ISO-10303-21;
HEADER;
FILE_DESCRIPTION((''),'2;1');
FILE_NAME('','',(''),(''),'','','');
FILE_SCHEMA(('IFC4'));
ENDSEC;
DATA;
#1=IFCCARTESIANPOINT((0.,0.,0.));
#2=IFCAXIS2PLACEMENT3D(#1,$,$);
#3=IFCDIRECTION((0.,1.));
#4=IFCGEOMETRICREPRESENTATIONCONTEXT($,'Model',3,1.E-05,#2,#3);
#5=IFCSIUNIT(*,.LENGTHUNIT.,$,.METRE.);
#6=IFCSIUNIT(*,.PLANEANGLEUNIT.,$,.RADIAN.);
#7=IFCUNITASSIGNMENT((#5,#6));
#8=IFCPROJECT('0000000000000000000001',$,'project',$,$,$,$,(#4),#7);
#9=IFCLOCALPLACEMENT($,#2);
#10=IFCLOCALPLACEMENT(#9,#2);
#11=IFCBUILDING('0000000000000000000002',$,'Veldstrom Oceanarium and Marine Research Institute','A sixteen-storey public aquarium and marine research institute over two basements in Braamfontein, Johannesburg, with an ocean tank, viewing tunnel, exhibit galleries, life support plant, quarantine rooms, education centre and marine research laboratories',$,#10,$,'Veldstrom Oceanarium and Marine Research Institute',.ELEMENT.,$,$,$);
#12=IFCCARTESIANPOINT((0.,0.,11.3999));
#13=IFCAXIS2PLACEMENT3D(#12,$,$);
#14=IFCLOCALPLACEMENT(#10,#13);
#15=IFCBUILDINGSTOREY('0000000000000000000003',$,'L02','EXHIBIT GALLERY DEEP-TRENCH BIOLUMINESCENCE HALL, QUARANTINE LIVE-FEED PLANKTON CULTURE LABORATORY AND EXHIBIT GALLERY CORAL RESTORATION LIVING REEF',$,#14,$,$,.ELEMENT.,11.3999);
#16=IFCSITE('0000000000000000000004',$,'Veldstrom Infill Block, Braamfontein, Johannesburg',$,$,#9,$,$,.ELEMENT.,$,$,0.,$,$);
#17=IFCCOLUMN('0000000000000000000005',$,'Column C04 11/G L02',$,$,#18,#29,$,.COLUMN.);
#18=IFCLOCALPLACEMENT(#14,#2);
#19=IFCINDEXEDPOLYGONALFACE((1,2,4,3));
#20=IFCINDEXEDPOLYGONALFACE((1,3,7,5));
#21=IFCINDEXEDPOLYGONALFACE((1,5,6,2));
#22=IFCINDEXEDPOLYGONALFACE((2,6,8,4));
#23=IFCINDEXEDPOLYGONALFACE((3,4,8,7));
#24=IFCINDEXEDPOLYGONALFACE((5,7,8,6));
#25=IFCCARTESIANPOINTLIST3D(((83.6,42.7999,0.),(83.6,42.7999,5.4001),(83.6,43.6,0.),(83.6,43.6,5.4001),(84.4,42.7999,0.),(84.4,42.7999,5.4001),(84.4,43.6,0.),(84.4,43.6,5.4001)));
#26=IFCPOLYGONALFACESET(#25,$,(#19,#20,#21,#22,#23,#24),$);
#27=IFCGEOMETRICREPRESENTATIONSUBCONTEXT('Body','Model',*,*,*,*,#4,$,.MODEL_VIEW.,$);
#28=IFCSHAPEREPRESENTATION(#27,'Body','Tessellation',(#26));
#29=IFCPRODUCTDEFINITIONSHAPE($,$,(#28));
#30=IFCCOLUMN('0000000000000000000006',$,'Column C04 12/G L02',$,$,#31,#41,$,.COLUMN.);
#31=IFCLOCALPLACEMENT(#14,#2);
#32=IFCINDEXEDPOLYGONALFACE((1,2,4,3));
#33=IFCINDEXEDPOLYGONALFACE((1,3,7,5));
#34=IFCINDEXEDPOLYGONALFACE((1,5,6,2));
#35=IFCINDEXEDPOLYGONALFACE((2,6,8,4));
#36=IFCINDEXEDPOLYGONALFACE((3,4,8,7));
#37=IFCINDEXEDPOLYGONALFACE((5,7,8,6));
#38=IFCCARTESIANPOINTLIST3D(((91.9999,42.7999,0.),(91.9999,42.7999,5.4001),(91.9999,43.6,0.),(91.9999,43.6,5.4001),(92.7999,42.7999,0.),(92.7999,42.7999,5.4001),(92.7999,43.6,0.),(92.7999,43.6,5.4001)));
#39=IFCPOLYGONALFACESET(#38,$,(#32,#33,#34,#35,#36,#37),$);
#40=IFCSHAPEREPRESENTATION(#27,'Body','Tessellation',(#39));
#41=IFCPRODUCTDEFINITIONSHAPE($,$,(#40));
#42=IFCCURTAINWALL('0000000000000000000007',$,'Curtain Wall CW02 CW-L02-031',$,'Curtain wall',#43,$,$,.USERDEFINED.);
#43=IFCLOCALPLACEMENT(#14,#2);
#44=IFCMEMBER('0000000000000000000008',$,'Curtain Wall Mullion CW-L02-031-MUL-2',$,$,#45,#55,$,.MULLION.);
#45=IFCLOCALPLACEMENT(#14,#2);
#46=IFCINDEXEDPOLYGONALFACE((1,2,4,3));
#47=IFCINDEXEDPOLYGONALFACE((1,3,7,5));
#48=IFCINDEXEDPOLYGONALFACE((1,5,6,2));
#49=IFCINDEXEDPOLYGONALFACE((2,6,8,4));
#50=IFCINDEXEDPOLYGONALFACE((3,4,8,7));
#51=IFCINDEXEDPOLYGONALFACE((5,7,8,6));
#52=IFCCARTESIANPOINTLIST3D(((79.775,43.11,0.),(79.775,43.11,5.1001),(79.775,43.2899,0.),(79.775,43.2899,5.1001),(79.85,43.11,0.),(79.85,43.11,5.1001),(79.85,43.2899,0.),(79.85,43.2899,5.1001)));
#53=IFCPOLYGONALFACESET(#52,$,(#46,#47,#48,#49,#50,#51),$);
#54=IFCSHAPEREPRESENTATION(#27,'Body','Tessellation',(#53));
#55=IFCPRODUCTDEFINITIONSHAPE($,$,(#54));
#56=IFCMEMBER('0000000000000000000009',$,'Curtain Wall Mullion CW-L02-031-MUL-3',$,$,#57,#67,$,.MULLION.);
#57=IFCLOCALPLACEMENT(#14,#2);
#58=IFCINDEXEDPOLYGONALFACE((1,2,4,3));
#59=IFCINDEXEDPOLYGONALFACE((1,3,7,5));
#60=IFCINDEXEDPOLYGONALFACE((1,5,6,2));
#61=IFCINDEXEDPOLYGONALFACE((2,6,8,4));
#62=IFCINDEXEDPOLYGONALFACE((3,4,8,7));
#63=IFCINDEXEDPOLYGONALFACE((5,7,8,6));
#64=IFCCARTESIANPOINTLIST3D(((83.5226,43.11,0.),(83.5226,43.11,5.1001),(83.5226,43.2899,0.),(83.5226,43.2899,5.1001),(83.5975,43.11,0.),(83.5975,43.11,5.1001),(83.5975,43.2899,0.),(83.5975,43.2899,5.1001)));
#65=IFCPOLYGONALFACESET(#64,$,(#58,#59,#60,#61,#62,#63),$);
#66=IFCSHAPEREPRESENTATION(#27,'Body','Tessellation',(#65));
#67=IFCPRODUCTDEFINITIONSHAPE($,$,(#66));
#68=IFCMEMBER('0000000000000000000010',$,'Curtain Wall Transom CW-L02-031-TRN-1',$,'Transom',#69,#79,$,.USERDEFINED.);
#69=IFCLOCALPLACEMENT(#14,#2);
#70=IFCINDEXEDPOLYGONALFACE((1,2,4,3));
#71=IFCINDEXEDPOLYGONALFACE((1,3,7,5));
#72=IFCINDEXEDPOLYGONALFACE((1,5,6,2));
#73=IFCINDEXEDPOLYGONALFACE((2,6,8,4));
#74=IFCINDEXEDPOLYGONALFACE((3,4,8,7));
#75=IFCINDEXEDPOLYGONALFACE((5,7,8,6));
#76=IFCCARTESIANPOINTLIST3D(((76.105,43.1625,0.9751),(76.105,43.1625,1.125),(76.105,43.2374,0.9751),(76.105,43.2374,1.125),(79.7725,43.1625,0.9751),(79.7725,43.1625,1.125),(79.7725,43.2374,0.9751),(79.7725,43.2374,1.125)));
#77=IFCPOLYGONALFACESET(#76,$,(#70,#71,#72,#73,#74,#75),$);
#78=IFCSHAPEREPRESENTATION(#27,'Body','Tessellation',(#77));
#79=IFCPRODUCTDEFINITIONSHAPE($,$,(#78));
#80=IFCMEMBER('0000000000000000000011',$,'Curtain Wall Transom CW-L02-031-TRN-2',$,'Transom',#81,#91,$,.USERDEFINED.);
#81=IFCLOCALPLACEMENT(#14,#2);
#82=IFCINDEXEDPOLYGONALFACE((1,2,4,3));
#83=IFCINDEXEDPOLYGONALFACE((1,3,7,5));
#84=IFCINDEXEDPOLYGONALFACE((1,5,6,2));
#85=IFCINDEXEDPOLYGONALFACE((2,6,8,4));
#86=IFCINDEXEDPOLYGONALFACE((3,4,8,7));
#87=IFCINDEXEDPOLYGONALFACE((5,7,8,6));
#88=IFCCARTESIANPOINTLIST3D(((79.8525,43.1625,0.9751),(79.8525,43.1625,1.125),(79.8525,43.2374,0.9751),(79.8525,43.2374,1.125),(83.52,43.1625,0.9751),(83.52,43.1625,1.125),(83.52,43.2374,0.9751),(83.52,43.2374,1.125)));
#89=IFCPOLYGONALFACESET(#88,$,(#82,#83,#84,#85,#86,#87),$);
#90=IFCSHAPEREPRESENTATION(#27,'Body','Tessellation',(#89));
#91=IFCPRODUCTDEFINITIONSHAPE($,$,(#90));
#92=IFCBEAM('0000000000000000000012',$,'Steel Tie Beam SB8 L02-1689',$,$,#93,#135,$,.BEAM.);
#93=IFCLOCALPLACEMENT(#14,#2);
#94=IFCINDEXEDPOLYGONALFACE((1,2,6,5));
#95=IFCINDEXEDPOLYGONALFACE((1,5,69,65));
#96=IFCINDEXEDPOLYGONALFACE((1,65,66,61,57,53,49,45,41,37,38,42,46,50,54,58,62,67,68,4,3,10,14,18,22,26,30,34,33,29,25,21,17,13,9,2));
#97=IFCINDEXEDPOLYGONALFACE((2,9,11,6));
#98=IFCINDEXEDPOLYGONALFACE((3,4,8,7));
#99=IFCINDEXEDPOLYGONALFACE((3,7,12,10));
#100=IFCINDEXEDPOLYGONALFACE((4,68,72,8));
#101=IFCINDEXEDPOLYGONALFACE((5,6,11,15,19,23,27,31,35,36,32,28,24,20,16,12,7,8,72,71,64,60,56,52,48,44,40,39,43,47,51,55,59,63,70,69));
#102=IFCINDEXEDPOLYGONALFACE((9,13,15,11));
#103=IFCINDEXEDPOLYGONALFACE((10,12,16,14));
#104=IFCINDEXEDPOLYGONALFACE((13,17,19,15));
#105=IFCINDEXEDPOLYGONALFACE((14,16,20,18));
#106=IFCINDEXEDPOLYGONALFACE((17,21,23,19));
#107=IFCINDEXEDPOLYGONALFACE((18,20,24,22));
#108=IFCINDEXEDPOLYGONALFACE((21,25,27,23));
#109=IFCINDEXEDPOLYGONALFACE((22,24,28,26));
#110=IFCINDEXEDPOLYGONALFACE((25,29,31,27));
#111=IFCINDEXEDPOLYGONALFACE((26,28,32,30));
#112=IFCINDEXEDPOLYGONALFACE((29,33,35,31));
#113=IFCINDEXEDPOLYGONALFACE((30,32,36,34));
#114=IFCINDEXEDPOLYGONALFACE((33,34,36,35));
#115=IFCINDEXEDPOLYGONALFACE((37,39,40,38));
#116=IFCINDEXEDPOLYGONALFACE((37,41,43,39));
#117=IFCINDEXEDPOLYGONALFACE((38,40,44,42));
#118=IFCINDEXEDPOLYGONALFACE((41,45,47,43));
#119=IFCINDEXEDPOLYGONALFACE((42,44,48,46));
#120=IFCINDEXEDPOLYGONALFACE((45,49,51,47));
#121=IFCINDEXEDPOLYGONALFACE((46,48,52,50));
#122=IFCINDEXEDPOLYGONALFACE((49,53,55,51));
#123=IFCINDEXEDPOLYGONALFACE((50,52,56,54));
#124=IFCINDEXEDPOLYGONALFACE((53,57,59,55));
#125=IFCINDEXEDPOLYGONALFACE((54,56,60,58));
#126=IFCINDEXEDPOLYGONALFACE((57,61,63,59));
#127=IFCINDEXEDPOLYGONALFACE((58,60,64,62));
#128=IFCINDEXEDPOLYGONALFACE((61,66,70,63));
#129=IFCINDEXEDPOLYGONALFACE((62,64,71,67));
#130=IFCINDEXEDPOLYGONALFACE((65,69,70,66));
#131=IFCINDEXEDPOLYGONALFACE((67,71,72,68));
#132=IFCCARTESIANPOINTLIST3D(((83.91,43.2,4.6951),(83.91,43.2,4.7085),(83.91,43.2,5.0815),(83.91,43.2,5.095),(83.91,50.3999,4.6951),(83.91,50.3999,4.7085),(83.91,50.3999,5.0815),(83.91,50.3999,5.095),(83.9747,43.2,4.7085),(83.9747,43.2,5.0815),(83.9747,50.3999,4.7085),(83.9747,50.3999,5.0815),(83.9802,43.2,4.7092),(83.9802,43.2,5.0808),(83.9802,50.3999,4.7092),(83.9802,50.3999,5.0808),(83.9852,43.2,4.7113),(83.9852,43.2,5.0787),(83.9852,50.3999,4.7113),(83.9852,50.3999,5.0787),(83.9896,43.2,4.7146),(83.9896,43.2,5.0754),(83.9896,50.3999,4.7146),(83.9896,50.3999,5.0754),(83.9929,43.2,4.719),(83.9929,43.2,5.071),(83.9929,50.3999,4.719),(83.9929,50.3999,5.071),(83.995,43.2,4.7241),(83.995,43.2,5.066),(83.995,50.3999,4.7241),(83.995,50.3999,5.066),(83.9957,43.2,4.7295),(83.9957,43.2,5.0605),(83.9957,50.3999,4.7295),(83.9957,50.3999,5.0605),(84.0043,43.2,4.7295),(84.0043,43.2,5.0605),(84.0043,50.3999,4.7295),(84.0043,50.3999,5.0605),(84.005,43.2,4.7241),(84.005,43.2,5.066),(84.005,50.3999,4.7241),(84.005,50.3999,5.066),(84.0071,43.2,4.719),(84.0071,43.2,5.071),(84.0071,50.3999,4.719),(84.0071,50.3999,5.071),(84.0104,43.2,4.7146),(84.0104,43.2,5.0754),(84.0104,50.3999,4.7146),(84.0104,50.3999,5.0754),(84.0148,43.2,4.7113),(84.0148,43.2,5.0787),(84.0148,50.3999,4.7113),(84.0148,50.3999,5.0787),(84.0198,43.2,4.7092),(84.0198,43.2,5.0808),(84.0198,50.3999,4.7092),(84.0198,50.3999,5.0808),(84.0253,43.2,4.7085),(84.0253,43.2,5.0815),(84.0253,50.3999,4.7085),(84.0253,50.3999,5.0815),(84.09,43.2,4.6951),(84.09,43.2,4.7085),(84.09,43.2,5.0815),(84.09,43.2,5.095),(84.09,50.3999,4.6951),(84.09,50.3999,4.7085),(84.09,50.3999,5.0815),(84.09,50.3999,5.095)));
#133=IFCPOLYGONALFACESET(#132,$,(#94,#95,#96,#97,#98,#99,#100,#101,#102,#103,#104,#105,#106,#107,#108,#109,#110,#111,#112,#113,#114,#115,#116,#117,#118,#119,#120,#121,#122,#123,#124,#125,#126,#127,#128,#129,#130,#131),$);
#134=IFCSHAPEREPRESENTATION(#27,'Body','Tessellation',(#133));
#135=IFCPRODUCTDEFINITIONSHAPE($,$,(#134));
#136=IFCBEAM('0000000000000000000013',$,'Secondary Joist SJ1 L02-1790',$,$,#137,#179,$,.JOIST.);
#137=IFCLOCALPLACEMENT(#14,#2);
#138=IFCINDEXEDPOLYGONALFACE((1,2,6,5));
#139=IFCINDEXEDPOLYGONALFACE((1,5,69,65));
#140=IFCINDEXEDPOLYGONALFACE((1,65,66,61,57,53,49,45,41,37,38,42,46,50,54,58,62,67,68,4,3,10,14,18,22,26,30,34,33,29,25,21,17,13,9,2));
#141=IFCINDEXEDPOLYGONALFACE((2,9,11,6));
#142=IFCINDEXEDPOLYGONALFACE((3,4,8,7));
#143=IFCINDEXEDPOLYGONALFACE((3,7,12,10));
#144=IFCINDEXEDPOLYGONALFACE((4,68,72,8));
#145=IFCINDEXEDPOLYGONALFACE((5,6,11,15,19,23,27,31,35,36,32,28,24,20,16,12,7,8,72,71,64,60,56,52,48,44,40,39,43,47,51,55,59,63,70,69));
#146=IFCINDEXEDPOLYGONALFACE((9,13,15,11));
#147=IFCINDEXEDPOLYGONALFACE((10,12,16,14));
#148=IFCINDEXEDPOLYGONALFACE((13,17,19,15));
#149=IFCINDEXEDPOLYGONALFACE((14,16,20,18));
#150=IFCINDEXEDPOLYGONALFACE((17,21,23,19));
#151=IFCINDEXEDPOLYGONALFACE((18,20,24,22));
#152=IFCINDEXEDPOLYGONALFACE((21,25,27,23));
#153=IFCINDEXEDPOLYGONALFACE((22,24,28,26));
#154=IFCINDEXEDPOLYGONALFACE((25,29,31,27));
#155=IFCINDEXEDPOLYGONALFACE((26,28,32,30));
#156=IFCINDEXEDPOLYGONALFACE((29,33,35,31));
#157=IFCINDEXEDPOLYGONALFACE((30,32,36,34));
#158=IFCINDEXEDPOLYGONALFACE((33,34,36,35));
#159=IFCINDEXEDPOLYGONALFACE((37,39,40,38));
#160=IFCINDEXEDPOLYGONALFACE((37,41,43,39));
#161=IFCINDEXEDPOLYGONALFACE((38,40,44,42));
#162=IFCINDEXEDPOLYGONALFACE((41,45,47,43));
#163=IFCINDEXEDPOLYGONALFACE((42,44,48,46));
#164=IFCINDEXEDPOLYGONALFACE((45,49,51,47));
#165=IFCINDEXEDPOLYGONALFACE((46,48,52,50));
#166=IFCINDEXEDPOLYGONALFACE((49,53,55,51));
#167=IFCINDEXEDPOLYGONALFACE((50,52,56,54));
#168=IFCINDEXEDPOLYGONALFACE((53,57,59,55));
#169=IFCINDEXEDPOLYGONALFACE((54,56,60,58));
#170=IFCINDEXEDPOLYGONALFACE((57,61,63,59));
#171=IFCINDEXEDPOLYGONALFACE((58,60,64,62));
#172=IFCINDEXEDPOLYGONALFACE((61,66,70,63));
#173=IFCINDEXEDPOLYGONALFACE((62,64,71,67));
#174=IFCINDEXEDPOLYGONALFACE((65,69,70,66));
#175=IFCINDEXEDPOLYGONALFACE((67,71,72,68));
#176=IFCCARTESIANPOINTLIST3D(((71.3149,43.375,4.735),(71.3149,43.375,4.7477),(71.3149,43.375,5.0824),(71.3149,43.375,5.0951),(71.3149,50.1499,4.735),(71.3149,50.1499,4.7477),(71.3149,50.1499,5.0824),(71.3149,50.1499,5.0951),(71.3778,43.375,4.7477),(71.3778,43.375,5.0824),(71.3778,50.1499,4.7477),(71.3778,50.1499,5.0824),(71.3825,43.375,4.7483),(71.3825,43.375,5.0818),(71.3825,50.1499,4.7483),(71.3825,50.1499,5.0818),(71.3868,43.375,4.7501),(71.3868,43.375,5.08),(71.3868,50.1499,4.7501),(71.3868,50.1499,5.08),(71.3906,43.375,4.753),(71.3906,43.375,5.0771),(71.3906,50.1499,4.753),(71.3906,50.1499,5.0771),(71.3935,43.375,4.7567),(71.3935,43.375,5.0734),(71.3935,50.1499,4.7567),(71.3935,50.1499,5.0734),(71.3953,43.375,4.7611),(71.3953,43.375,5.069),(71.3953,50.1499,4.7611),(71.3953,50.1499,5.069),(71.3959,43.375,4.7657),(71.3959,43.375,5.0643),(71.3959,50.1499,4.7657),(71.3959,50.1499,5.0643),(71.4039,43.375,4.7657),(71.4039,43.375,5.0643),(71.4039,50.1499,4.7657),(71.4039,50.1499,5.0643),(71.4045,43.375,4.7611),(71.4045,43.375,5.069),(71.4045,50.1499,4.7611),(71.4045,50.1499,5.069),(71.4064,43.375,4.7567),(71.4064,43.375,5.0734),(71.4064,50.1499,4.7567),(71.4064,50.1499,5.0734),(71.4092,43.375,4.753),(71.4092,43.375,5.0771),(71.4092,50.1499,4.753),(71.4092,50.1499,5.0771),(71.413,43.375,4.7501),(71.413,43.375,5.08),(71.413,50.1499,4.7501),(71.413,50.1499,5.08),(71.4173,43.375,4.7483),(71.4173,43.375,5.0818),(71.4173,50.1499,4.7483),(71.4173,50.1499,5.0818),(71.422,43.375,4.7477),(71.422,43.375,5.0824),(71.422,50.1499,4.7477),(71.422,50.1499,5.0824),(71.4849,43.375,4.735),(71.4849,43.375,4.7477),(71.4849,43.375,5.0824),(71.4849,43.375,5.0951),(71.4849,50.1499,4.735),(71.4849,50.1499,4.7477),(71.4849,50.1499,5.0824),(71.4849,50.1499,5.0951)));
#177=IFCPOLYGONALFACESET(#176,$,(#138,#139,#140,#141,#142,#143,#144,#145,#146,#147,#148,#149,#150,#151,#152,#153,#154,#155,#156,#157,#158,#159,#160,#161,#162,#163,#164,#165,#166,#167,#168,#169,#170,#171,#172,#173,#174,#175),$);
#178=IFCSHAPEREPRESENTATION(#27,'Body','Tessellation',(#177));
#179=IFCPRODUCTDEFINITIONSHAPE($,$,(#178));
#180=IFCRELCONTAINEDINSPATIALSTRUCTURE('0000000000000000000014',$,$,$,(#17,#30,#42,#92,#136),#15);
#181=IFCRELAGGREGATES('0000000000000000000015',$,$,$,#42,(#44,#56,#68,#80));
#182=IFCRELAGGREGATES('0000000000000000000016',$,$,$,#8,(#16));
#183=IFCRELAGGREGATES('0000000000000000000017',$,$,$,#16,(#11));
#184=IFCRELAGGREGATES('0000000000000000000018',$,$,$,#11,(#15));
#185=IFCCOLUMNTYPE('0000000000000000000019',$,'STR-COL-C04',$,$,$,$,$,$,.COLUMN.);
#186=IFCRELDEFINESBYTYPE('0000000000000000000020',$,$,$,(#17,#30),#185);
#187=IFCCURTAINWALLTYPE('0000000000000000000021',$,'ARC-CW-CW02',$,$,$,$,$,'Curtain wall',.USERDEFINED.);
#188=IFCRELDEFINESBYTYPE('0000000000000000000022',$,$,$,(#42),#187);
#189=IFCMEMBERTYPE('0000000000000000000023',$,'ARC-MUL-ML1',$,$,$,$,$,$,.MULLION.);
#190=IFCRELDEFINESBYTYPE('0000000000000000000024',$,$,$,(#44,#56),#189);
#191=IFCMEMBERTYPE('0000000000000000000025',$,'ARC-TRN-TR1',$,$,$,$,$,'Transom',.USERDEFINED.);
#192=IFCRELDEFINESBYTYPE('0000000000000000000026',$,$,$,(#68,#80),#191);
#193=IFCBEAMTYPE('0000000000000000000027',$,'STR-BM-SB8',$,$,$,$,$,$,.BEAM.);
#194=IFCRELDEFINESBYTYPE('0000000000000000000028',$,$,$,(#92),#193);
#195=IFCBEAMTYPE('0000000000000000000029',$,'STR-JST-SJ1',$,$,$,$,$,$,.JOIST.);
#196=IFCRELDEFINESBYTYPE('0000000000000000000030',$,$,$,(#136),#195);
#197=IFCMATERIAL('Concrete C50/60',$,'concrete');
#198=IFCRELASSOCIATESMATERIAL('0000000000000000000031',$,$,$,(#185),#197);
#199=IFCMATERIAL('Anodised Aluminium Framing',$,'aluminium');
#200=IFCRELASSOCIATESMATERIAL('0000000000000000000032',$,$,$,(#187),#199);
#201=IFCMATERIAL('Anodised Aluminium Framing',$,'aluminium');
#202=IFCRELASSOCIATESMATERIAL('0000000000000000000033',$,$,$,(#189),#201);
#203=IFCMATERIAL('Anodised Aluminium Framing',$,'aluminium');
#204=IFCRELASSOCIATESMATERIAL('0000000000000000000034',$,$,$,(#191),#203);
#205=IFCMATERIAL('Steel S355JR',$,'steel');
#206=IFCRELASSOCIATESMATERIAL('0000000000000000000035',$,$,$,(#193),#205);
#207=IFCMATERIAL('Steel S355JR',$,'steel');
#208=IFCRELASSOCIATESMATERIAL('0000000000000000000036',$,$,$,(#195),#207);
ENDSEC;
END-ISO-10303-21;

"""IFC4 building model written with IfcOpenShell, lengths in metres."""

from ifc_helpers import new_model, si_unit, direction, frame, origin, origin_2d, place, context, subcontext, project, spatial, rectangle, i_section, extrude, material, material_profile, profile_set, type_object, element, aggregate, save


model = new_model("IFC4")

# Units and contexts
model_context = context("Model", 3, precision=1e-05, world=origin(), true_north=direction((0.0, 1.0)))
body_context = subcontext(model_context, "Body", "Model", "MODEL_VIEW")
ifc_project = project(units=[si_unit("LENGTHUNIT", "METRE"), si_unit("PLANEANGLEUNIT", "RADIAN")], contexts=[model_context])

# Site, building, storey
site_placement = place(None, origin())
site = spatial("IfcSite", under=ifc_project, at=site_placement, Name="Veldstrom Infill Block, Braamfontein, Johannesburg", CompositionType="ELEMENT", RefElevation=0.0)
building_placement = place(site_placement, origin())
building = spatial("IfcBuilding", under=site, at=building_placement, Name="Veldstrom Oceanarium and Marine Research Institute", Description="A sixteen-storey public aquarium and marine research institute over two basements in Braamfontein, Johannesburg, with an ocean tank, viewing tunnel, exhibit galleries, life support plant, quarantine rooms, education centre and marine research laboratories", LongName="Veldstrom Oceanarium and Marine Research Institute", CompositionType="ELEMENT")
storey_placement = place(building_placement, frame((0.0, 0.0, 11.3999)))
storey = spatial("IfcBuildingStorey", under=building, at=storey_placement, Name="L02", Description="EXHIBIT GALLERY DEEP-TRENCH BIOLUMINESCENCE HALL, QUARANTINE LIVE-FEED PLANKTON CULTURE LABORATORY AND EXHIBIT GALLERY CORAL RESTORATION LIVING REEF", CompositionType="ELEMENT", Elevation=11.3999)

# Columns
ifc_material_1 = material(Name="Concrete C50/60", Category="concrete")
ifc_material_profile_1 = material_profile(ifc_material_1, rectangle(XDim=0.8, YDim=0.8, at=origin_2d()), Name="RC-COL-800x800")
ifc_profile_set_1 = profile_set([ifc_material_profile_1], Name="Concrete C50/60")
column_type = type_object("IfcColumnType", Name="STR-COL-C04", PredefinedType="COLUMN", material=ifc_profile_set_1)
for number, where, z_axis, x_axis, name in (
    (1, (84.0, 43.2, 0.0), (0.0, 0.0, 1.0), (1.0, 0.0, 0.0), "Column C04 11/G L02"),
    (2, (92.3999, 43.2, 0.0), (0.0, 0.0, 1.0), (1.0, 0.0, 0.0), "Column C04 12/G L02"),
):
    element("IfcColumn", number, at=place(storey_placement, frame(where, z_axis=z_axis, x_axis=x_axis)), inside=storey, type_object=column_type, Name=name, PredefinedType="COLUMN", context=body_context, shape_type="SweptSolid", body=[
        extrude(rectangle(XDim=0.8, YDim=0.8, at=origin_2d()), origin(), (0.0, 0.0, 1.0), 5.4001),
    ])

# Curtain wall, members
ifc_material_2 = material(Name="Anodised Aluminium Framing", Category="aluminium")
curtain_wall_type = type_object("IfcCurtainWallType", Name="ARC-CW-CW02", ElementType="Curtain wall", PredefinedType="USERDEFINED", material=ifc_material_2)
curtain_wall_placement = place(storey_placement, origin())
curtain_wall = element("IfcCurtainWall", 3, at=curtain_wall_placement, inside=storey, type_object=curtain_wall_type, Name="Curtain Wall CW02 CW-L02-031", ObjectType="Curtain wall", PredefinedType="USERDEFINED")
ifc_material_3 = material(Name="Anodised Aluminium Framing", Category="aluminium")
ifc_material_profile_2 = material_profile(ifc_material_3, rectangle(XDim=0.075, YDim=0.1799, at=origin_2d()), Name="ALU-MUL-75x180")
ifc_profile_set_2 = profile_set([ifc_material_profile_2], Name="Anodised Aluminium Framing")
member_type_1 = type_object("IfcMemberType", Name="ARC-MUL-ML1", PredefinedType="MULLION", material=ifc_profile_set_2)
member_1_placement = place(storey_placement, frame((79.8125, 43.2, 0.0), z_axis=(0.0, 0.0, 1.0), x_axis=(1.0, 0.0, 0.0)))
member_1 = element("IfcMember", 4, at=member_1_placement, type_object=member_type_1, Name="Curtain Wall Mullion CW-L02-031-MUL-2", PredefinedType="MULLION", context=body_context, shape_type="SweptSolid", body=[
    extrude(rectangle(XDim=0.075, YDim=0.1799, at=origin_2d()), origin(), (0.0, 0.0, 1.0), 5.1001),
])
member_2_placement = place(storey_placement, frame((83.5601, 43.2, 0.0), z_axis=(0.0, 0.0, 1.0), x_axis=(1.0, 0.0, 0.0)))
member_2 = element("IfcMember", 5, at=member_2_placement, type_object=member_type_1, Name="Curtain Wall Mullion CW-L02-031-MUL-3", PredefinedType="MULLION", context=body_context, shape_type="SweptSolid", body=[
    extrude(rectangle(XDim=0.075, YDim=0.1799, at=origin_2d()), origin(), (0.0, 0.0, 1.0), 5.1001),
])
ifc_material_4 = material(Name="Anodised Aluminium Framing", Category="aluminium")
ifc_material_profile_3 = material_profile(ifc_material_4, rectangle(XDim=0.075, YDim=0.1499, at=origin_2d()), Name="ALU-TRN-75x150")
ifc_profile_set_3 = profile_set([ifc_material_profile_3], Name="Anodised Aluminium Framing")
member_type_2 = type_object("IfcMemberType", Name="ARC-TRN-TR1", ElementType="Transom", PredefinedType="USERDEFINED", material=ifc_profile_set_3)
member_3_placement = place(storey_placement, frame((76.105, 43.2, 1.05), z_axis=(1.0, 0.0, 0.0), x_axis=(0.0, 1.0, 0.0)))
member_3 = element("IfcMember", 6, at=member_3_placement, type_object=member_type_2, Name="Curtain Wall Transom CW-L02-031-TRN-1", ObjectType="Transom", PredefinedType="USERDEFINED", context=body_context, shape_type="SweptSolid", body=[
    extrude(rectangle(XDim=0.075, YDim=0.1499, at=origin_2d()), origin(), (0.0, 0.0, 1.0), 3.6675),
])
member_4_placement = place(storey_placement, frame((79.8525, 43.2, 1.05), z_axis=(1.0, 0.0, 0.0), x_axis=(0.0, 1.0, 0.0)))
member_4 = element("IfcMember", 7, at=member_4_placement, type_object=member_type_2, Name="Curtain Wall Transom CW-L02-031-TRN-2", ObjectType="Transom", PredefinedType="USERDEFINED", context=body_context, shape_type="SweptSolid", body=[
    extrude(rectangle(XDim=0.075, YDim=0.1499, at=origin_2d()), origin(), (0.0, 0.0, 1.0), 3.6675),
])

# Beams
ifc_material_5 = material(Name="Steel S355JR", Category="steel")
ifc_material_profile_4 = material_profile(ifc_material_5, i_section(OverallWidth=0.1799, OverallDepth=0.3999, WebThickness=0.0085, FlangeThickness=0.0134, FilletRadius=0.021, at=origin_2d()), Name="IPE 400")
ifc_profile_set_4 = profile_set([ifc_material_profile_4], Name="Steel S355JR")
beam_type_1 = type_object("IfcBeamType", Name="STR-BM-SB8", PredefinedType="BEAM", material=ifc_profile_set_4)
beam_1_placement = place(storey_placement, frame((84.0, 43.2, 4.895), z_axis=(0.0, 1.0, 0.0), x_axis=(-1.0, 0.0, 0.0)))
element("IfcBeam", 8, at=beam_1_placement, inside=storey, type_object=beam_type_1, Name="Steel Tie Beam SB8 L02-1689", PredefinedType="BEAM", context=body_context, shape_type="SweptSolid", body=[
    extrude(i_section(OverallWidth=0.1799, OverallDepth=0.3999, WebThickness=0.0085, FlangeThickness=0.0134, FilletRadius=0.021, at=origin_2d()), origin(), (0.0, 0.0, 1.0), 7.2),
])
ifc_material_6 = material(Name="Steel S355JR", Category="steel")
ifc_material_profile_5 = material_profile(ifc_material_6, i_section(OverallWidth=0.1699, OverallDepth=0.3601, WebThickness=0.0081, FlangeThickness=0.0127, FilletRadius=0.0181, at=origin_2d()), Name="IPE 360")
ifc_profile_set_5 = profile_set([ifc_material_profile_5], Name="Steel S355JR")
beam_type_2 = type_object("IfcBeamType", Name="STR-JST-SJ1", PredefinedType="JOIST", material=ifc_profile_set_5)
beam_2_placement = place(storey_placement, frame((71.3999, 43.375, 4.915), z_axis=(0.0, 1.0, 0.0), x_axis=(-1.0, 0.0, 0.0)))
element("IfcBeam", 9, at=beam_2_placement, inside=storey, type_object=beam_type_2, Name="Secondary Joist SJ1 L02-1790", PredefinedType="JOIST", context=body_context, shape_type="SweptSolid", body=[
    extrude(i_section(OverallWidth=0.1699, OverallDepth=0.3601, WebThickness=0.0081, FlangeThickness=0.0127, FilletRadius=0.0181, at=origin_2d()), origin(), (0.0, 0.0, 1.0), 6.7749),
])

aggregate(curtain_wall, [member_1, member_2, member_3, member_4])

save(model, "model.ifc")
